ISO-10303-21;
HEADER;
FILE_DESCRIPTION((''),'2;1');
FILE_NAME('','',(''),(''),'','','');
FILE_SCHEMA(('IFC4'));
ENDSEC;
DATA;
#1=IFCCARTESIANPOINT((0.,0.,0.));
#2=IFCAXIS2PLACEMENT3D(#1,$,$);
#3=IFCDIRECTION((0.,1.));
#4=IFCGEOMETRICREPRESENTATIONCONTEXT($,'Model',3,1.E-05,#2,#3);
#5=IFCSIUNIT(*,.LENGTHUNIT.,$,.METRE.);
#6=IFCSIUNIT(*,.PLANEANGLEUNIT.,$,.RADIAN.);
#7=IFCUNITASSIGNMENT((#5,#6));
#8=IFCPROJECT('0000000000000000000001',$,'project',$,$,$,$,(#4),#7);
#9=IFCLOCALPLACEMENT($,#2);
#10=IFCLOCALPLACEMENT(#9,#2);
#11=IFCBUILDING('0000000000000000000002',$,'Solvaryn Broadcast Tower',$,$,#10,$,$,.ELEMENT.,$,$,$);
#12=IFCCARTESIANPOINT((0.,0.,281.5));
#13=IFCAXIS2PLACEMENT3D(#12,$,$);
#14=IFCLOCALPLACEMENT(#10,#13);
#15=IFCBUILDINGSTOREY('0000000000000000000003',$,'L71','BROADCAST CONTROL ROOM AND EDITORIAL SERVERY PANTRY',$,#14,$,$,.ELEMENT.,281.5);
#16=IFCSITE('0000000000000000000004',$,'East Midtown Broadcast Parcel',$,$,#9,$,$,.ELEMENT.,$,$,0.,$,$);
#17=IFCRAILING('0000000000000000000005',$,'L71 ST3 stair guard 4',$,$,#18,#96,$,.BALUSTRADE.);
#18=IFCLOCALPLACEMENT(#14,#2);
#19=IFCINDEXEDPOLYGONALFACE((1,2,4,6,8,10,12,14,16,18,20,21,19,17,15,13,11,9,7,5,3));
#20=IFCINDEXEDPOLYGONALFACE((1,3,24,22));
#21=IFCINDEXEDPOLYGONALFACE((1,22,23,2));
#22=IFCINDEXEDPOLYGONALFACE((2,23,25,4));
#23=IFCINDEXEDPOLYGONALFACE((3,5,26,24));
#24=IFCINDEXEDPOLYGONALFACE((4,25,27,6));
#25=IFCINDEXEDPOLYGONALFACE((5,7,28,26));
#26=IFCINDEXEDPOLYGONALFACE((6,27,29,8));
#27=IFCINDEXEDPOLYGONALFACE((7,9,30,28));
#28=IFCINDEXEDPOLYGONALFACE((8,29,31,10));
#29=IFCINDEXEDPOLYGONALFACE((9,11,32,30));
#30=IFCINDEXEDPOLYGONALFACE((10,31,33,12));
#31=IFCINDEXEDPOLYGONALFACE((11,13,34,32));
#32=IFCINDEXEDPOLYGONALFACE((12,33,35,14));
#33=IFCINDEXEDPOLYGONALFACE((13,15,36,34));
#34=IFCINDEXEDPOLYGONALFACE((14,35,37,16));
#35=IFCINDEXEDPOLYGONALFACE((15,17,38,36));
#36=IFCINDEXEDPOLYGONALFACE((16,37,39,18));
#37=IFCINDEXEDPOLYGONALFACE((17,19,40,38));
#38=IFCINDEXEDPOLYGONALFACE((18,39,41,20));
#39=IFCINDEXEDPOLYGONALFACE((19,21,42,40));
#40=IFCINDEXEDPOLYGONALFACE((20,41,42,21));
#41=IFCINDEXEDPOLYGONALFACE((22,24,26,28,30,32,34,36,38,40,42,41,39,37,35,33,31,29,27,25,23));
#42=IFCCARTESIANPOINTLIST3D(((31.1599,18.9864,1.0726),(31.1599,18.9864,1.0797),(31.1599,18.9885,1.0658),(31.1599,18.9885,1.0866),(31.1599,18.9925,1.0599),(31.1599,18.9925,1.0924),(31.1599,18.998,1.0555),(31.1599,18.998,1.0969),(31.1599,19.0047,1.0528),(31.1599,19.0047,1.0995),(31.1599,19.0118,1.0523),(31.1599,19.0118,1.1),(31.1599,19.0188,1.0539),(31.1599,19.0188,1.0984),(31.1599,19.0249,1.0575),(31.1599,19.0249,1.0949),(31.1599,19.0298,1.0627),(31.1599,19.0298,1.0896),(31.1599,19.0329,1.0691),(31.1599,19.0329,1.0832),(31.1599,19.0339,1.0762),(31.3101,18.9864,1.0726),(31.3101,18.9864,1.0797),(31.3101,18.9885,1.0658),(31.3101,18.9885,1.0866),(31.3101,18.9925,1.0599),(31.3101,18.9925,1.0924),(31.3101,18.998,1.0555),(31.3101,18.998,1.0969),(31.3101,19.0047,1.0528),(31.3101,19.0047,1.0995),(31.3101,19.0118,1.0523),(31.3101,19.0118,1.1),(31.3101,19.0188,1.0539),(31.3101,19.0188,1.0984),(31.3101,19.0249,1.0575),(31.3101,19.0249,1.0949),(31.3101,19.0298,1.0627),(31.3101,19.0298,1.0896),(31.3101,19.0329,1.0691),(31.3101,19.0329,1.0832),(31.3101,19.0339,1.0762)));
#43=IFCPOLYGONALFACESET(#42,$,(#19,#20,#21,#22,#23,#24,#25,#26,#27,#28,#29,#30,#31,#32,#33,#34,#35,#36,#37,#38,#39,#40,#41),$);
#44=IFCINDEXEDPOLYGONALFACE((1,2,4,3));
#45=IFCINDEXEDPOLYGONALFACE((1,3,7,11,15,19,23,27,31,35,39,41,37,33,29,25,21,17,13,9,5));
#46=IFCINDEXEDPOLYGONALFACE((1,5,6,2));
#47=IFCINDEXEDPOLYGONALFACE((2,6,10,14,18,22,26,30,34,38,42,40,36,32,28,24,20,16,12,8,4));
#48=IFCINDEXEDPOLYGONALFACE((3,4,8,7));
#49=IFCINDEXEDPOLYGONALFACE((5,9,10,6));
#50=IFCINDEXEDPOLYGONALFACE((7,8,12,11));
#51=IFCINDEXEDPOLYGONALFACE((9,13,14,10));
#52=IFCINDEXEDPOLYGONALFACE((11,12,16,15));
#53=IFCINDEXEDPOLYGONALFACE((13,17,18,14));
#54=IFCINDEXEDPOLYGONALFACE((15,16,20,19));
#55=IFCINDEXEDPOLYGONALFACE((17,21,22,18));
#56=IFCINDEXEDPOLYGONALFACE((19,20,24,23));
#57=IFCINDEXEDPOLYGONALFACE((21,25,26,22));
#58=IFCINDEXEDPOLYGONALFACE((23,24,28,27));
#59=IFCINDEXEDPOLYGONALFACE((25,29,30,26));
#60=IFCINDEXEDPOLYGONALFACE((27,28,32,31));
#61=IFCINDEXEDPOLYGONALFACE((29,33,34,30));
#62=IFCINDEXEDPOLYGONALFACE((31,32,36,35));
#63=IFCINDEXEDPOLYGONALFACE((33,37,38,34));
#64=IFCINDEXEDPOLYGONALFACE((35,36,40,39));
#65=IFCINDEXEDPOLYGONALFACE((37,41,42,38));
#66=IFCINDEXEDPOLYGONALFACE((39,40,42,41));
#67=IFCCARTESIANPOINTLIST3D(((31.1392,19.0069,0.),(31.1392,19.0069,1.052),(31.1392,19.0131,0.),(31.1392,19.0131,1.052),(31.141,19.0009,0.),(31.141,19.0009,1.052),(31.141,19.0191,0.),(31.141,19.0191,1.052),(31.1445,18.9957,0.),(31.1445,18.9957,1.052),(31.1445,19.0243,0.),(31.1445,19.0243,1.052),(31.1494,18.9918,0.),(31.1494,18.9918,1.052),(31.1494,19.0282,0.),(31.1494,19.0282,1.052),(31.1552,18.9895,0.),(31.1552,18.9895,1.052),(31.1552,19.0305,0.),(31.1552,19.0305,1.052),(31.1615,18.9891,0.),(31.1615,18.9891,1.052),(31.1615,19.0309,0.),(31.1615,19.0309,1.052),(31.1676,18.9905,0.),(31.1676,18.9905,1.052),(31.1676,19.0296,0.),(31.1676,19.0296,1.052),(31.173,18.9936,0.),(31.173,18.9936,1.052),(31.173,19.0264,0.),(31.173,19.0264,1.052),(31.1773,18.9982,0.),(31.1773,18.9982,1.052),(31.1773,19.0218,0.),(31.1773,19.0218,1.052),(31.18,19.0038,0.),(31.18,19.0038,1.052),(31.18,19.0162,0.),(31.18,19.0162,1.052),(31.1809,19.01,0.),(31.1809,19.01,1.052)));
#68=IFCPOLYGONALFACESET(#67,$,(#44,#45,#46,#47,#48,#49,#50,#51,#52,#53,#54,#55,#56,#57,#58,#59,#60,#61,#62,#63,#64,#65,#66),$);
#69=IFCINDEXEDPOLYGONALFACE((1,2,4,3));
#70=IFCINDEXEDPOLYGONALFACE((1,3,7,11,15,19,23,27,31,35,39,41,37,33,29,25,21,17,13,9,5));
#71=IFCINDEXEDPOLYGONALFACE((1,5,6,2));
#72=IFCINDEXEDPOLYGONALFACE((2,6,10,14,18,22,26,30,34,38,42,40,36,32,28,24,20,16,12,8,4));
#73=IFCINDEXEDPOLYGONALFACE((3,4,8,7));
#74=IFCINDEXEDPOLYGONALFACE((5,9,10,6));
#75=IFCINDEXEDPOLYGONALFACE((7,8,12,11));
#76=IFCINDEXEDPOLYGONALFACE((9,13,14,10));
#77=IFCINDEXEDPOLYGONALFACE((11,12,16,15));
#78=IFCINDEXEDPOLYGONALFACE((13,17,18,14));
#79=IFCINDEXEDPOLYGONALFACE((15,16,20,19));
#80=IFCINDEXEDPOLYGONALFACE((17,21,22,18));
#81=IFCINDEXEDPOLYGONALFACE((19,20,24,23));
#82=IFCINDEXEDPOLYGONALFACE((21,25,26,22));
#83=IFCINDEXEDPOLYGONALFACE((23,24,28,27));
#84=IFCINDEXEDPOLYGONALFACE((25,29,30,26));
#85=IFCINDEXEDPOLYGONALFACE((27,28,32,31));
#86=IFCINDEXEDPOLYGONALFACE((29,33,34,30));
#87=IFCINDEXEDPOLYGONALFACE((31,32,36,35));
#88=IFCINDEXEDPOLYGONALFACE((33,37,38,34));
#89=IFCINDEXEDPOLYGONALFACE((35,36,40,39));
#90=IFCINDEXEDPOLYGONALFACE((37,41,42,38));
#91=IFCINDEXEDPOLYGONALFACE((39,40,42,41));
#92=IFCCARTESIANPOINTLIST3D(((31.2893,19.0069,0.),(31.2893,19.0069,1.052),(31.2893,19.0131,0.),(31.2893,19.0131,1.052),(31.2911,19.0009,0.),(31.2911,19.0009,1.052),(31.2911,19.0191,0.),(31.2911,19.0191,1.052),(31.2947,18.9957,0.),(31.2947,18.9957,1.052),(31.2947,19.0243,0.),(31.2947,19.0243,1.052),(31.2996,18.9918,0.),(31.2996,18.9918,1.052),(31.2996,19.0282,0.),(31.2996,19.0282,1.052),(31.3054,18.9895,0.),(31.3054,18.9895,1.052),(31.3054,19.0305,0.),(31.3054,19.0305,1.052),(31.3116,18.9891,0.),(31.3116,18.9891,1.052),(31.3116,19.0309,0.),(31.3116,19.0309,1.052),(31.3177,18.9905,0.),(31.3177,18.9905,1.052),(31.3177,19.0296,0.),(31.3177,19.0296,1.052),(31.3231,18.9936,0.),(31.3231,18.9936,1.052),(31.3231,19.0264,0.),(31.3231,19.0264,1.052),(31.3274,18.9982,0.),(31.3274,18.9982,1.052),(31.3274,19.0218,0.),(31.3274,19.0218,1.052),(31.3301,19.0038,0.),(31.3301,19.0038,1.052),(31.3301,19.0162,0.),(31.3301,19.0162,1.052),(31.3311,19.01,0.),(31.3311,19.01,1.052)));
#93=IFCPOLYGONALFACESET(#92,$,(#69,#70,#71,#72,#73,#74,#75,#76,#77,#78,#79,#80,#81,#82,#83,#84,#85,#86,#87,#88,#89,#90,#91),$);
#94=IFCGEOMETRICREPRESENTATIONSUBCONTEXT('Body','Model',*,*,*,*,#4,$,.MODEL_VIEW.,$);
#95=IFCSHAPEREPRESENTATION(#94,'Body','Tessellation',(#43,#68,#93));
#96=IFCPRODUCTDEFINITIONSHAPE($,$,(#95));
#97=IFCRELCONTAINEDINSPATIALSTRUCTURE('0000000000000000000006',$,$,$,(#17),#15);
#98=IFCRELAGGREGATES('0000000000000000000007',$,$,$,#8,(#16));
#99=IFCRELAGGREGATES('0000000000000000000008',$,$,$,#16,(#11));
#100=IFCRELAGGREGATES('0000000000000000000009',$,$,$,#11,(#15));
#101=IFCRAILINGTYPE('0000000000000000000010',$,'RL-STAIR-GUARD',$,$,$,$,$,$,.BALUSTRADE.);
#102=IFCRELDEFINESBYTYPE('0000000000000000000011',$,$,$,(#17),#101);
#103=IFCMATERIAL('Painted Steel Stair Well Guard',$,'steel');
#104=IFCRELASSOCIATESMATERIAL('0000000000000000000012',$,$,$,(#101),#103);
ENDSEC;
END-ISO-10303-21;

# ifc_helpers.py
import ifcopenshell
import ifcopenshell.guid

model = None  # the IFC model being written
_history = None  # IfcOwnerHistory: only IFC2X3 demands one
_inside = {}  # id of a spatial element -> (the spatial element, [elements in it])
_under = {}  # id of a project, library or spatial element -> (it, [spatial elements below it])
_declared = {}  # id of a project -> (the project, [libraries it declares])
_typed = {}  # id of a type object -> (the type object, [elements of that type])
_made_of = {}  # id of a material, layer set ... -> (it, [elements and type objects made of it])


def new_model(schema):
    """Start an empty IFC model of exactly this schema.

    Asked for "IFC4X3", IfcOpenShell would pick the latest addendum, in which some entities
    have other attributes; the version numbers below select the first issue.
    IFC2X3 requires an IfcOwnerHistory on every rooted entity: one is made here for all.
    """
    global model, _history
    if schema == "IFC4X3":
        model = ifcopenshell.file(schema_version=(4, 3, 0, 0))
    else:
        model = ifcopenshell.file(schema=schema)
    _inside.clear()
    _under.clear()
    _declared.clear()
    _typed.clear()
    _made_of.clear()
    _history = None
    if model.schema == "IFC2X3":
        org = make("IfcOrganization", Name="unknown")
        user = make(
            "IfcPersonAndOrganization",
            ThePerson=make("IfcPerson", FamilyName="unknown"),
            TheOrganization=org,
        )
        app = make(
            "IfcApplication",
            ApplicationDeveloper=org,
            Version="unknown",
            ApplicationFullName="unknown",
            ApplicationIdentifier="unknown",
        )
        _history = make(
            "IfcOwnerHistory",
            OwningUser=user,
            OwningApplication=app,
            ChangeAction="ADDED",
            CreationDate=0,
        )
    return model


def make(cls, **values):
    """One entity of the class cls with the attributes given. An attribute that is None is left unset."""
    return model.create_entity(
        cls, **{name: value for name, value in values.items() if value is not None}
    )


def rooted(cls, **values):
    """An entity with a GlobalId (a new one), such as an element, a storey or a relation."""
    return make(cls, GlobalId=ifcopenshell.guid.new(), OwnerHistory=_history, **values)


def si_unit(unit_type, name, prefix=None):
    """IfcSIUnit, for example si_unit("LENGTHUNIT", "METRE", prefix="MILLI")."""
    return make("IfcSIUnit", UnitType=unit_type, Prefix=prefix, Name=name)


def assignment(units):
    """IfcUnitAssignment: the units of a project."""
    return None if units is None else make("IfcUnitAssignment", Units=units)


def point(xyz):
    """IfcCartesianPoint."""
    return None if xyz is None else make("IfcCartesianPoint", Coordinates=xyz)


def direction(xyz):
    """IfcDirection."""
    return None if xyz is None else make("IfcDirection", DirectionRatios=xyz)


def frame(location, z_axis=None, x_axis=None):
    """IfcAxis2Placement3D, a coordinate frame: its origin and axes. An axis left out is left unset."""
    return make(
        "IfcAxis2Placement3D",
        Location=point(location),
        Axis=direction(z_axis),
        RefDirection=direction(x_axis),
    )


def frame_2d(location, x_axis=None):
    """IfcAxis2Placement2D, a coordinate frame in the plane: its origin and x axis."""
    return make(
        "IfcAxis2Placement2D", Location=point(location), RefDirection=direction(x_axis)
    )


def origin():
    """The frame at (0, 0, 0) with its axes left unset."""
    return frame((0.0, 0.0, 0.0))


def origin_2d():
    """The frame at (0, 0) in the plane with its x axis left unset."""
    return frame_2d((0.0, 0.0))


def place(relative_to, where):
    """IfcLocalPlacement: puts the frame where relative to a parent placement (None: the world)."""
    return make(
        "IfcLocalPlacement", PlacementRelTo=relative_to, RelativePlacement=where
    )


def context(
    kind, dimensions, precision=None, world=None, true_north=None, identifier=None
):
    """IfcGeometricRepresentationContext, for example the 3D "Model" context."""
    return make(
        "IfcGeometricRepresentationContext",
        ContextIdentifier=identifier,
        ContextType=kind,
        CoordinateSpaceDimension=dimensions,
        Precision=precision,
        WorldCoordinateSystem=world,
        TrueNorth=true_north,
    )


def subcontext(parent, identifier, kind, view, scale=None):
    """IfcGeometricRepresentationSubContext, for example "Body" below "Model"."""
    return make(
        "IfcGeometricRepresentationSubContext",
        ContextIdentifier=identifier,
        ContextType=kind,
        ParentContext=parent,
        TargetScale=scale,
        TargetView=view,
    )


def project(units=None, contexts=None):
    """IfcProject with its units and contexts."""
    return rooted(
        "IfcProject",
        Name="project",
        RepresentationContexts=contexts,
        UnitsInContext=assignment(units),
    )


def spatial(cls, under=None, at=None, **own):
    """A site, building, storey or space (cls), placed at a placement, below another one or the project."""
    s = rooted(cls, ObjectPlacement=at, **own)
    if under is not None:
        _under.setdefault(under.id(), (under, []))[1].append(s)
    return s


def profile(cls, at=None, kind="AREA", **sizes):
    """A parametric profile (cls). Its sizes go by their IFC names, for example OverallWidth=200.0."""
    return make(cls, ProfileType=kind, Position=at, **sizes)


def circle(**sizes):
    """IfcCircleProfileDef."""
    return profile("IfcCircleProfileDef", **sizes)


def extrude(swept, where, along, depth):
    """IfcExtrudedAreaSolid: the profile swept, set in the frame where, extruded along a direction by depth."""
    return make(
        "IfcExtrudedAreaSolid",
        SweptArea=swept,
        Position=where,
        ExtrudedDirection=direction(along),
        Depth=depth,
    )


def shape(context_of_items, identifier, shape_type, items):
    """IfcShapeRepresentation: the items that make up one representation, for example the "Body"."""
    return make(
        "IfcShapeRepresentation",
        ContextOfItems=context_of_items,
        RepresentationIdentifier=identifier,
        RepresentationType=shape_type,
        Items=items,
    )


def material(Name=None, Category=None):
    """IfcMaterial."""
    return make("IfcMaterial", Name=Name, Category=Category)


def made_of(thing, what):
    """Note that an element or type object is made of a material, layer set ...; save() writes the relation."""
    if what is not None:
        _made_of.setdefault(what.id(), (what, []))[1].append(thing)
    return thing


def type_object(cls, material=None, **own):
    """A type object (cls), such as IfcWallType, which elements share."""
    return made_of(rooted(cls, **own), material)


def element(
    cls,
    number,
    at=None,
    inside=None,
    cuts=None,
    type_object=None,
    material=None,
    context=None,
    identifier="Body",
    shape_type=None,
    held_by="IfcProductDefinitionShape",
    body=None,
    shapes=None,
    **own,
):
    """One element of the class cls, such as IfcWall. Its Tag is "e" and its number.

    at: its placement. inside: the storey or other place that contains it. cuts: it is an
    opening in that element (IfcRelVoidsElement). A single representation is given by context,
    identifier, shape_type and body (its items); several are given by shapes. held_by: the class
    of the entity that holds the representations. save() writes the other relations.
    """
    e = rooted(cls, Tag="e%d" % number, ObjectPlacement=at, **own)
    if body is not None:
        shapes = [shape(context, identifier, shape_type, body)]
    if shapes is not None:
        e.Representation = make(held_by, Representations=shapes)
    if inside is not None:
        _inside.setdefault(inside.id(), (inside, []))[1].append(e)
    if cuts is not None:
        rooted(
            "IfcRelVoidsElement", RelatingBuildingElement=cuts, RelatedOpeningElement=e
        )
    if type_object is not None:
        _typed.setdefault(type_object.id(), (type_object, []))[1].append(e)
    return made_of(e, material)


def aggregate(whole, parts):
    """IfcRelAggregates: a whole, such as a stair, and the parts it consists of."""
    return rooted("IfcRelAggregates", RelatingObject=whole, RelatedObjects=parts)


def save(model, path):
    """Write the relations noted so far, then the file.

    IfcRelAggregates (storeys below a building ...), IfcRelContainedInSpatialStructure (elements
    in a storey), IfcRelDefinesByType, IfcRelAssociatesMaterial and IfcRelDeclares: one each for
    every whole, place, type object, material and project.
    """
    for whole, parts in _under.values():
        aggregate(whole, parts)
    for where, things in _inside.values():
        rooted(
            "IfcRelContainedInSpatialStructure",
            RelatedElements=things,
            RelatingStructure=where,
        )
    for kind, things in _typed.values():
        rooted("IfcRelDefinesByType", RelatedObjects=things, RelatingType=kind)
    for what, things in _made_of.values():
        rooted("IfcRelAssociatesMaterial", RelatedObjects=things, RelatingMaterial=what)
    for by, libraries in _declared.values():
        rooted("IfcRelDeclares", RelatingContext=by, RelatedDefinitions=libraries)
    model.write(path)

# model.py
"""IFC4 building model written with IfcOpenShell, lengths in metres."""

from ifc_helpers import new_model, si_unit, direction, frame, origin, origin_2d, place, context, subcontext, project, spatial, circle, extrude, material, type_object, element, save


model = new_model("IFC4")

# Units and contexts
model_context = context("Model", 3, precision=1e-05, world=origin(), true_north=direction((0.0, 1.0)))
body_context = subcontext(model_context, "Body", "Model", "MODEL_VIEW")
ifc_project = project(units=[si_unit("LENGTHUNIT", "METRE"), si_unit("PLANEANGLEUNIT", "RADIAN")], contexts=[model_context])

# Site, building, storey
site_placement = place(None, origin())
site = spatial("IfcSite", under=ifc_project, at=site_placement, Name="East Midtown Broadcast Parcel", CompositionType="ELEMENT", RefElevation=0.0)
building_placement = place(site_placement, origin())
building = spatial("IfcBuilding", under=site, at=building_placement, Name="Solvaryn Broadcast Tower", CompositionType="ELEMENT")
storey_placement = place(building_placement, frame((0.0, 0.0, 281.5)))
storey = spatial("IfcBuildingStorey", under=building, at=storey_placement, Name="L71", Description="BROADCAST CONTROL ROOM AND EDITORIAL SERVERY PANTRY", CompositionType="ELEMENT", Elevation=281.5)

# Railing
ifc_material_1 = material(Name="Painted Steel Stair Well Guard", Category="steel")
railing_type_1 = type_object("IfcRailingType", Name="RL-STAIR-GUARD", PredefinedType="BALUSTRADE", material=ifc_material_1)
railing_1_placement = place(storey_placement, frame((31.1599, 19.01, 0.0)))
element("IfcRailing", 1, at=railing_1_placement, inside=storey, type_object=railing_type_1, Name="L71 ST3 stair guard 4", PredefinedType="BALUSTRADE", context=body_context, shape_type="SweptSolid", body=[
    extrude(circle(Radius=0.0239, at=origin_2d()), frame((0.0, 0.0, 1.0762), z_axis=(1.0, 0.0, 0.0), x_axis=(0.0, 1.0, 0.0)), (0.0, 0.0, 1.0), 0.1501),
    extrude(circle(Radius=0.021, at=origin_2d()), origin(), (0.0, 0.0, 1.0), 1.052),
    extrude(circle(Radius=0.021, at=origin_2d()), frame((0.1501, 0.0, 0.0)), (0.0, 0.0, 1.0), 1.052),
])

save(model, "model.ifc")
